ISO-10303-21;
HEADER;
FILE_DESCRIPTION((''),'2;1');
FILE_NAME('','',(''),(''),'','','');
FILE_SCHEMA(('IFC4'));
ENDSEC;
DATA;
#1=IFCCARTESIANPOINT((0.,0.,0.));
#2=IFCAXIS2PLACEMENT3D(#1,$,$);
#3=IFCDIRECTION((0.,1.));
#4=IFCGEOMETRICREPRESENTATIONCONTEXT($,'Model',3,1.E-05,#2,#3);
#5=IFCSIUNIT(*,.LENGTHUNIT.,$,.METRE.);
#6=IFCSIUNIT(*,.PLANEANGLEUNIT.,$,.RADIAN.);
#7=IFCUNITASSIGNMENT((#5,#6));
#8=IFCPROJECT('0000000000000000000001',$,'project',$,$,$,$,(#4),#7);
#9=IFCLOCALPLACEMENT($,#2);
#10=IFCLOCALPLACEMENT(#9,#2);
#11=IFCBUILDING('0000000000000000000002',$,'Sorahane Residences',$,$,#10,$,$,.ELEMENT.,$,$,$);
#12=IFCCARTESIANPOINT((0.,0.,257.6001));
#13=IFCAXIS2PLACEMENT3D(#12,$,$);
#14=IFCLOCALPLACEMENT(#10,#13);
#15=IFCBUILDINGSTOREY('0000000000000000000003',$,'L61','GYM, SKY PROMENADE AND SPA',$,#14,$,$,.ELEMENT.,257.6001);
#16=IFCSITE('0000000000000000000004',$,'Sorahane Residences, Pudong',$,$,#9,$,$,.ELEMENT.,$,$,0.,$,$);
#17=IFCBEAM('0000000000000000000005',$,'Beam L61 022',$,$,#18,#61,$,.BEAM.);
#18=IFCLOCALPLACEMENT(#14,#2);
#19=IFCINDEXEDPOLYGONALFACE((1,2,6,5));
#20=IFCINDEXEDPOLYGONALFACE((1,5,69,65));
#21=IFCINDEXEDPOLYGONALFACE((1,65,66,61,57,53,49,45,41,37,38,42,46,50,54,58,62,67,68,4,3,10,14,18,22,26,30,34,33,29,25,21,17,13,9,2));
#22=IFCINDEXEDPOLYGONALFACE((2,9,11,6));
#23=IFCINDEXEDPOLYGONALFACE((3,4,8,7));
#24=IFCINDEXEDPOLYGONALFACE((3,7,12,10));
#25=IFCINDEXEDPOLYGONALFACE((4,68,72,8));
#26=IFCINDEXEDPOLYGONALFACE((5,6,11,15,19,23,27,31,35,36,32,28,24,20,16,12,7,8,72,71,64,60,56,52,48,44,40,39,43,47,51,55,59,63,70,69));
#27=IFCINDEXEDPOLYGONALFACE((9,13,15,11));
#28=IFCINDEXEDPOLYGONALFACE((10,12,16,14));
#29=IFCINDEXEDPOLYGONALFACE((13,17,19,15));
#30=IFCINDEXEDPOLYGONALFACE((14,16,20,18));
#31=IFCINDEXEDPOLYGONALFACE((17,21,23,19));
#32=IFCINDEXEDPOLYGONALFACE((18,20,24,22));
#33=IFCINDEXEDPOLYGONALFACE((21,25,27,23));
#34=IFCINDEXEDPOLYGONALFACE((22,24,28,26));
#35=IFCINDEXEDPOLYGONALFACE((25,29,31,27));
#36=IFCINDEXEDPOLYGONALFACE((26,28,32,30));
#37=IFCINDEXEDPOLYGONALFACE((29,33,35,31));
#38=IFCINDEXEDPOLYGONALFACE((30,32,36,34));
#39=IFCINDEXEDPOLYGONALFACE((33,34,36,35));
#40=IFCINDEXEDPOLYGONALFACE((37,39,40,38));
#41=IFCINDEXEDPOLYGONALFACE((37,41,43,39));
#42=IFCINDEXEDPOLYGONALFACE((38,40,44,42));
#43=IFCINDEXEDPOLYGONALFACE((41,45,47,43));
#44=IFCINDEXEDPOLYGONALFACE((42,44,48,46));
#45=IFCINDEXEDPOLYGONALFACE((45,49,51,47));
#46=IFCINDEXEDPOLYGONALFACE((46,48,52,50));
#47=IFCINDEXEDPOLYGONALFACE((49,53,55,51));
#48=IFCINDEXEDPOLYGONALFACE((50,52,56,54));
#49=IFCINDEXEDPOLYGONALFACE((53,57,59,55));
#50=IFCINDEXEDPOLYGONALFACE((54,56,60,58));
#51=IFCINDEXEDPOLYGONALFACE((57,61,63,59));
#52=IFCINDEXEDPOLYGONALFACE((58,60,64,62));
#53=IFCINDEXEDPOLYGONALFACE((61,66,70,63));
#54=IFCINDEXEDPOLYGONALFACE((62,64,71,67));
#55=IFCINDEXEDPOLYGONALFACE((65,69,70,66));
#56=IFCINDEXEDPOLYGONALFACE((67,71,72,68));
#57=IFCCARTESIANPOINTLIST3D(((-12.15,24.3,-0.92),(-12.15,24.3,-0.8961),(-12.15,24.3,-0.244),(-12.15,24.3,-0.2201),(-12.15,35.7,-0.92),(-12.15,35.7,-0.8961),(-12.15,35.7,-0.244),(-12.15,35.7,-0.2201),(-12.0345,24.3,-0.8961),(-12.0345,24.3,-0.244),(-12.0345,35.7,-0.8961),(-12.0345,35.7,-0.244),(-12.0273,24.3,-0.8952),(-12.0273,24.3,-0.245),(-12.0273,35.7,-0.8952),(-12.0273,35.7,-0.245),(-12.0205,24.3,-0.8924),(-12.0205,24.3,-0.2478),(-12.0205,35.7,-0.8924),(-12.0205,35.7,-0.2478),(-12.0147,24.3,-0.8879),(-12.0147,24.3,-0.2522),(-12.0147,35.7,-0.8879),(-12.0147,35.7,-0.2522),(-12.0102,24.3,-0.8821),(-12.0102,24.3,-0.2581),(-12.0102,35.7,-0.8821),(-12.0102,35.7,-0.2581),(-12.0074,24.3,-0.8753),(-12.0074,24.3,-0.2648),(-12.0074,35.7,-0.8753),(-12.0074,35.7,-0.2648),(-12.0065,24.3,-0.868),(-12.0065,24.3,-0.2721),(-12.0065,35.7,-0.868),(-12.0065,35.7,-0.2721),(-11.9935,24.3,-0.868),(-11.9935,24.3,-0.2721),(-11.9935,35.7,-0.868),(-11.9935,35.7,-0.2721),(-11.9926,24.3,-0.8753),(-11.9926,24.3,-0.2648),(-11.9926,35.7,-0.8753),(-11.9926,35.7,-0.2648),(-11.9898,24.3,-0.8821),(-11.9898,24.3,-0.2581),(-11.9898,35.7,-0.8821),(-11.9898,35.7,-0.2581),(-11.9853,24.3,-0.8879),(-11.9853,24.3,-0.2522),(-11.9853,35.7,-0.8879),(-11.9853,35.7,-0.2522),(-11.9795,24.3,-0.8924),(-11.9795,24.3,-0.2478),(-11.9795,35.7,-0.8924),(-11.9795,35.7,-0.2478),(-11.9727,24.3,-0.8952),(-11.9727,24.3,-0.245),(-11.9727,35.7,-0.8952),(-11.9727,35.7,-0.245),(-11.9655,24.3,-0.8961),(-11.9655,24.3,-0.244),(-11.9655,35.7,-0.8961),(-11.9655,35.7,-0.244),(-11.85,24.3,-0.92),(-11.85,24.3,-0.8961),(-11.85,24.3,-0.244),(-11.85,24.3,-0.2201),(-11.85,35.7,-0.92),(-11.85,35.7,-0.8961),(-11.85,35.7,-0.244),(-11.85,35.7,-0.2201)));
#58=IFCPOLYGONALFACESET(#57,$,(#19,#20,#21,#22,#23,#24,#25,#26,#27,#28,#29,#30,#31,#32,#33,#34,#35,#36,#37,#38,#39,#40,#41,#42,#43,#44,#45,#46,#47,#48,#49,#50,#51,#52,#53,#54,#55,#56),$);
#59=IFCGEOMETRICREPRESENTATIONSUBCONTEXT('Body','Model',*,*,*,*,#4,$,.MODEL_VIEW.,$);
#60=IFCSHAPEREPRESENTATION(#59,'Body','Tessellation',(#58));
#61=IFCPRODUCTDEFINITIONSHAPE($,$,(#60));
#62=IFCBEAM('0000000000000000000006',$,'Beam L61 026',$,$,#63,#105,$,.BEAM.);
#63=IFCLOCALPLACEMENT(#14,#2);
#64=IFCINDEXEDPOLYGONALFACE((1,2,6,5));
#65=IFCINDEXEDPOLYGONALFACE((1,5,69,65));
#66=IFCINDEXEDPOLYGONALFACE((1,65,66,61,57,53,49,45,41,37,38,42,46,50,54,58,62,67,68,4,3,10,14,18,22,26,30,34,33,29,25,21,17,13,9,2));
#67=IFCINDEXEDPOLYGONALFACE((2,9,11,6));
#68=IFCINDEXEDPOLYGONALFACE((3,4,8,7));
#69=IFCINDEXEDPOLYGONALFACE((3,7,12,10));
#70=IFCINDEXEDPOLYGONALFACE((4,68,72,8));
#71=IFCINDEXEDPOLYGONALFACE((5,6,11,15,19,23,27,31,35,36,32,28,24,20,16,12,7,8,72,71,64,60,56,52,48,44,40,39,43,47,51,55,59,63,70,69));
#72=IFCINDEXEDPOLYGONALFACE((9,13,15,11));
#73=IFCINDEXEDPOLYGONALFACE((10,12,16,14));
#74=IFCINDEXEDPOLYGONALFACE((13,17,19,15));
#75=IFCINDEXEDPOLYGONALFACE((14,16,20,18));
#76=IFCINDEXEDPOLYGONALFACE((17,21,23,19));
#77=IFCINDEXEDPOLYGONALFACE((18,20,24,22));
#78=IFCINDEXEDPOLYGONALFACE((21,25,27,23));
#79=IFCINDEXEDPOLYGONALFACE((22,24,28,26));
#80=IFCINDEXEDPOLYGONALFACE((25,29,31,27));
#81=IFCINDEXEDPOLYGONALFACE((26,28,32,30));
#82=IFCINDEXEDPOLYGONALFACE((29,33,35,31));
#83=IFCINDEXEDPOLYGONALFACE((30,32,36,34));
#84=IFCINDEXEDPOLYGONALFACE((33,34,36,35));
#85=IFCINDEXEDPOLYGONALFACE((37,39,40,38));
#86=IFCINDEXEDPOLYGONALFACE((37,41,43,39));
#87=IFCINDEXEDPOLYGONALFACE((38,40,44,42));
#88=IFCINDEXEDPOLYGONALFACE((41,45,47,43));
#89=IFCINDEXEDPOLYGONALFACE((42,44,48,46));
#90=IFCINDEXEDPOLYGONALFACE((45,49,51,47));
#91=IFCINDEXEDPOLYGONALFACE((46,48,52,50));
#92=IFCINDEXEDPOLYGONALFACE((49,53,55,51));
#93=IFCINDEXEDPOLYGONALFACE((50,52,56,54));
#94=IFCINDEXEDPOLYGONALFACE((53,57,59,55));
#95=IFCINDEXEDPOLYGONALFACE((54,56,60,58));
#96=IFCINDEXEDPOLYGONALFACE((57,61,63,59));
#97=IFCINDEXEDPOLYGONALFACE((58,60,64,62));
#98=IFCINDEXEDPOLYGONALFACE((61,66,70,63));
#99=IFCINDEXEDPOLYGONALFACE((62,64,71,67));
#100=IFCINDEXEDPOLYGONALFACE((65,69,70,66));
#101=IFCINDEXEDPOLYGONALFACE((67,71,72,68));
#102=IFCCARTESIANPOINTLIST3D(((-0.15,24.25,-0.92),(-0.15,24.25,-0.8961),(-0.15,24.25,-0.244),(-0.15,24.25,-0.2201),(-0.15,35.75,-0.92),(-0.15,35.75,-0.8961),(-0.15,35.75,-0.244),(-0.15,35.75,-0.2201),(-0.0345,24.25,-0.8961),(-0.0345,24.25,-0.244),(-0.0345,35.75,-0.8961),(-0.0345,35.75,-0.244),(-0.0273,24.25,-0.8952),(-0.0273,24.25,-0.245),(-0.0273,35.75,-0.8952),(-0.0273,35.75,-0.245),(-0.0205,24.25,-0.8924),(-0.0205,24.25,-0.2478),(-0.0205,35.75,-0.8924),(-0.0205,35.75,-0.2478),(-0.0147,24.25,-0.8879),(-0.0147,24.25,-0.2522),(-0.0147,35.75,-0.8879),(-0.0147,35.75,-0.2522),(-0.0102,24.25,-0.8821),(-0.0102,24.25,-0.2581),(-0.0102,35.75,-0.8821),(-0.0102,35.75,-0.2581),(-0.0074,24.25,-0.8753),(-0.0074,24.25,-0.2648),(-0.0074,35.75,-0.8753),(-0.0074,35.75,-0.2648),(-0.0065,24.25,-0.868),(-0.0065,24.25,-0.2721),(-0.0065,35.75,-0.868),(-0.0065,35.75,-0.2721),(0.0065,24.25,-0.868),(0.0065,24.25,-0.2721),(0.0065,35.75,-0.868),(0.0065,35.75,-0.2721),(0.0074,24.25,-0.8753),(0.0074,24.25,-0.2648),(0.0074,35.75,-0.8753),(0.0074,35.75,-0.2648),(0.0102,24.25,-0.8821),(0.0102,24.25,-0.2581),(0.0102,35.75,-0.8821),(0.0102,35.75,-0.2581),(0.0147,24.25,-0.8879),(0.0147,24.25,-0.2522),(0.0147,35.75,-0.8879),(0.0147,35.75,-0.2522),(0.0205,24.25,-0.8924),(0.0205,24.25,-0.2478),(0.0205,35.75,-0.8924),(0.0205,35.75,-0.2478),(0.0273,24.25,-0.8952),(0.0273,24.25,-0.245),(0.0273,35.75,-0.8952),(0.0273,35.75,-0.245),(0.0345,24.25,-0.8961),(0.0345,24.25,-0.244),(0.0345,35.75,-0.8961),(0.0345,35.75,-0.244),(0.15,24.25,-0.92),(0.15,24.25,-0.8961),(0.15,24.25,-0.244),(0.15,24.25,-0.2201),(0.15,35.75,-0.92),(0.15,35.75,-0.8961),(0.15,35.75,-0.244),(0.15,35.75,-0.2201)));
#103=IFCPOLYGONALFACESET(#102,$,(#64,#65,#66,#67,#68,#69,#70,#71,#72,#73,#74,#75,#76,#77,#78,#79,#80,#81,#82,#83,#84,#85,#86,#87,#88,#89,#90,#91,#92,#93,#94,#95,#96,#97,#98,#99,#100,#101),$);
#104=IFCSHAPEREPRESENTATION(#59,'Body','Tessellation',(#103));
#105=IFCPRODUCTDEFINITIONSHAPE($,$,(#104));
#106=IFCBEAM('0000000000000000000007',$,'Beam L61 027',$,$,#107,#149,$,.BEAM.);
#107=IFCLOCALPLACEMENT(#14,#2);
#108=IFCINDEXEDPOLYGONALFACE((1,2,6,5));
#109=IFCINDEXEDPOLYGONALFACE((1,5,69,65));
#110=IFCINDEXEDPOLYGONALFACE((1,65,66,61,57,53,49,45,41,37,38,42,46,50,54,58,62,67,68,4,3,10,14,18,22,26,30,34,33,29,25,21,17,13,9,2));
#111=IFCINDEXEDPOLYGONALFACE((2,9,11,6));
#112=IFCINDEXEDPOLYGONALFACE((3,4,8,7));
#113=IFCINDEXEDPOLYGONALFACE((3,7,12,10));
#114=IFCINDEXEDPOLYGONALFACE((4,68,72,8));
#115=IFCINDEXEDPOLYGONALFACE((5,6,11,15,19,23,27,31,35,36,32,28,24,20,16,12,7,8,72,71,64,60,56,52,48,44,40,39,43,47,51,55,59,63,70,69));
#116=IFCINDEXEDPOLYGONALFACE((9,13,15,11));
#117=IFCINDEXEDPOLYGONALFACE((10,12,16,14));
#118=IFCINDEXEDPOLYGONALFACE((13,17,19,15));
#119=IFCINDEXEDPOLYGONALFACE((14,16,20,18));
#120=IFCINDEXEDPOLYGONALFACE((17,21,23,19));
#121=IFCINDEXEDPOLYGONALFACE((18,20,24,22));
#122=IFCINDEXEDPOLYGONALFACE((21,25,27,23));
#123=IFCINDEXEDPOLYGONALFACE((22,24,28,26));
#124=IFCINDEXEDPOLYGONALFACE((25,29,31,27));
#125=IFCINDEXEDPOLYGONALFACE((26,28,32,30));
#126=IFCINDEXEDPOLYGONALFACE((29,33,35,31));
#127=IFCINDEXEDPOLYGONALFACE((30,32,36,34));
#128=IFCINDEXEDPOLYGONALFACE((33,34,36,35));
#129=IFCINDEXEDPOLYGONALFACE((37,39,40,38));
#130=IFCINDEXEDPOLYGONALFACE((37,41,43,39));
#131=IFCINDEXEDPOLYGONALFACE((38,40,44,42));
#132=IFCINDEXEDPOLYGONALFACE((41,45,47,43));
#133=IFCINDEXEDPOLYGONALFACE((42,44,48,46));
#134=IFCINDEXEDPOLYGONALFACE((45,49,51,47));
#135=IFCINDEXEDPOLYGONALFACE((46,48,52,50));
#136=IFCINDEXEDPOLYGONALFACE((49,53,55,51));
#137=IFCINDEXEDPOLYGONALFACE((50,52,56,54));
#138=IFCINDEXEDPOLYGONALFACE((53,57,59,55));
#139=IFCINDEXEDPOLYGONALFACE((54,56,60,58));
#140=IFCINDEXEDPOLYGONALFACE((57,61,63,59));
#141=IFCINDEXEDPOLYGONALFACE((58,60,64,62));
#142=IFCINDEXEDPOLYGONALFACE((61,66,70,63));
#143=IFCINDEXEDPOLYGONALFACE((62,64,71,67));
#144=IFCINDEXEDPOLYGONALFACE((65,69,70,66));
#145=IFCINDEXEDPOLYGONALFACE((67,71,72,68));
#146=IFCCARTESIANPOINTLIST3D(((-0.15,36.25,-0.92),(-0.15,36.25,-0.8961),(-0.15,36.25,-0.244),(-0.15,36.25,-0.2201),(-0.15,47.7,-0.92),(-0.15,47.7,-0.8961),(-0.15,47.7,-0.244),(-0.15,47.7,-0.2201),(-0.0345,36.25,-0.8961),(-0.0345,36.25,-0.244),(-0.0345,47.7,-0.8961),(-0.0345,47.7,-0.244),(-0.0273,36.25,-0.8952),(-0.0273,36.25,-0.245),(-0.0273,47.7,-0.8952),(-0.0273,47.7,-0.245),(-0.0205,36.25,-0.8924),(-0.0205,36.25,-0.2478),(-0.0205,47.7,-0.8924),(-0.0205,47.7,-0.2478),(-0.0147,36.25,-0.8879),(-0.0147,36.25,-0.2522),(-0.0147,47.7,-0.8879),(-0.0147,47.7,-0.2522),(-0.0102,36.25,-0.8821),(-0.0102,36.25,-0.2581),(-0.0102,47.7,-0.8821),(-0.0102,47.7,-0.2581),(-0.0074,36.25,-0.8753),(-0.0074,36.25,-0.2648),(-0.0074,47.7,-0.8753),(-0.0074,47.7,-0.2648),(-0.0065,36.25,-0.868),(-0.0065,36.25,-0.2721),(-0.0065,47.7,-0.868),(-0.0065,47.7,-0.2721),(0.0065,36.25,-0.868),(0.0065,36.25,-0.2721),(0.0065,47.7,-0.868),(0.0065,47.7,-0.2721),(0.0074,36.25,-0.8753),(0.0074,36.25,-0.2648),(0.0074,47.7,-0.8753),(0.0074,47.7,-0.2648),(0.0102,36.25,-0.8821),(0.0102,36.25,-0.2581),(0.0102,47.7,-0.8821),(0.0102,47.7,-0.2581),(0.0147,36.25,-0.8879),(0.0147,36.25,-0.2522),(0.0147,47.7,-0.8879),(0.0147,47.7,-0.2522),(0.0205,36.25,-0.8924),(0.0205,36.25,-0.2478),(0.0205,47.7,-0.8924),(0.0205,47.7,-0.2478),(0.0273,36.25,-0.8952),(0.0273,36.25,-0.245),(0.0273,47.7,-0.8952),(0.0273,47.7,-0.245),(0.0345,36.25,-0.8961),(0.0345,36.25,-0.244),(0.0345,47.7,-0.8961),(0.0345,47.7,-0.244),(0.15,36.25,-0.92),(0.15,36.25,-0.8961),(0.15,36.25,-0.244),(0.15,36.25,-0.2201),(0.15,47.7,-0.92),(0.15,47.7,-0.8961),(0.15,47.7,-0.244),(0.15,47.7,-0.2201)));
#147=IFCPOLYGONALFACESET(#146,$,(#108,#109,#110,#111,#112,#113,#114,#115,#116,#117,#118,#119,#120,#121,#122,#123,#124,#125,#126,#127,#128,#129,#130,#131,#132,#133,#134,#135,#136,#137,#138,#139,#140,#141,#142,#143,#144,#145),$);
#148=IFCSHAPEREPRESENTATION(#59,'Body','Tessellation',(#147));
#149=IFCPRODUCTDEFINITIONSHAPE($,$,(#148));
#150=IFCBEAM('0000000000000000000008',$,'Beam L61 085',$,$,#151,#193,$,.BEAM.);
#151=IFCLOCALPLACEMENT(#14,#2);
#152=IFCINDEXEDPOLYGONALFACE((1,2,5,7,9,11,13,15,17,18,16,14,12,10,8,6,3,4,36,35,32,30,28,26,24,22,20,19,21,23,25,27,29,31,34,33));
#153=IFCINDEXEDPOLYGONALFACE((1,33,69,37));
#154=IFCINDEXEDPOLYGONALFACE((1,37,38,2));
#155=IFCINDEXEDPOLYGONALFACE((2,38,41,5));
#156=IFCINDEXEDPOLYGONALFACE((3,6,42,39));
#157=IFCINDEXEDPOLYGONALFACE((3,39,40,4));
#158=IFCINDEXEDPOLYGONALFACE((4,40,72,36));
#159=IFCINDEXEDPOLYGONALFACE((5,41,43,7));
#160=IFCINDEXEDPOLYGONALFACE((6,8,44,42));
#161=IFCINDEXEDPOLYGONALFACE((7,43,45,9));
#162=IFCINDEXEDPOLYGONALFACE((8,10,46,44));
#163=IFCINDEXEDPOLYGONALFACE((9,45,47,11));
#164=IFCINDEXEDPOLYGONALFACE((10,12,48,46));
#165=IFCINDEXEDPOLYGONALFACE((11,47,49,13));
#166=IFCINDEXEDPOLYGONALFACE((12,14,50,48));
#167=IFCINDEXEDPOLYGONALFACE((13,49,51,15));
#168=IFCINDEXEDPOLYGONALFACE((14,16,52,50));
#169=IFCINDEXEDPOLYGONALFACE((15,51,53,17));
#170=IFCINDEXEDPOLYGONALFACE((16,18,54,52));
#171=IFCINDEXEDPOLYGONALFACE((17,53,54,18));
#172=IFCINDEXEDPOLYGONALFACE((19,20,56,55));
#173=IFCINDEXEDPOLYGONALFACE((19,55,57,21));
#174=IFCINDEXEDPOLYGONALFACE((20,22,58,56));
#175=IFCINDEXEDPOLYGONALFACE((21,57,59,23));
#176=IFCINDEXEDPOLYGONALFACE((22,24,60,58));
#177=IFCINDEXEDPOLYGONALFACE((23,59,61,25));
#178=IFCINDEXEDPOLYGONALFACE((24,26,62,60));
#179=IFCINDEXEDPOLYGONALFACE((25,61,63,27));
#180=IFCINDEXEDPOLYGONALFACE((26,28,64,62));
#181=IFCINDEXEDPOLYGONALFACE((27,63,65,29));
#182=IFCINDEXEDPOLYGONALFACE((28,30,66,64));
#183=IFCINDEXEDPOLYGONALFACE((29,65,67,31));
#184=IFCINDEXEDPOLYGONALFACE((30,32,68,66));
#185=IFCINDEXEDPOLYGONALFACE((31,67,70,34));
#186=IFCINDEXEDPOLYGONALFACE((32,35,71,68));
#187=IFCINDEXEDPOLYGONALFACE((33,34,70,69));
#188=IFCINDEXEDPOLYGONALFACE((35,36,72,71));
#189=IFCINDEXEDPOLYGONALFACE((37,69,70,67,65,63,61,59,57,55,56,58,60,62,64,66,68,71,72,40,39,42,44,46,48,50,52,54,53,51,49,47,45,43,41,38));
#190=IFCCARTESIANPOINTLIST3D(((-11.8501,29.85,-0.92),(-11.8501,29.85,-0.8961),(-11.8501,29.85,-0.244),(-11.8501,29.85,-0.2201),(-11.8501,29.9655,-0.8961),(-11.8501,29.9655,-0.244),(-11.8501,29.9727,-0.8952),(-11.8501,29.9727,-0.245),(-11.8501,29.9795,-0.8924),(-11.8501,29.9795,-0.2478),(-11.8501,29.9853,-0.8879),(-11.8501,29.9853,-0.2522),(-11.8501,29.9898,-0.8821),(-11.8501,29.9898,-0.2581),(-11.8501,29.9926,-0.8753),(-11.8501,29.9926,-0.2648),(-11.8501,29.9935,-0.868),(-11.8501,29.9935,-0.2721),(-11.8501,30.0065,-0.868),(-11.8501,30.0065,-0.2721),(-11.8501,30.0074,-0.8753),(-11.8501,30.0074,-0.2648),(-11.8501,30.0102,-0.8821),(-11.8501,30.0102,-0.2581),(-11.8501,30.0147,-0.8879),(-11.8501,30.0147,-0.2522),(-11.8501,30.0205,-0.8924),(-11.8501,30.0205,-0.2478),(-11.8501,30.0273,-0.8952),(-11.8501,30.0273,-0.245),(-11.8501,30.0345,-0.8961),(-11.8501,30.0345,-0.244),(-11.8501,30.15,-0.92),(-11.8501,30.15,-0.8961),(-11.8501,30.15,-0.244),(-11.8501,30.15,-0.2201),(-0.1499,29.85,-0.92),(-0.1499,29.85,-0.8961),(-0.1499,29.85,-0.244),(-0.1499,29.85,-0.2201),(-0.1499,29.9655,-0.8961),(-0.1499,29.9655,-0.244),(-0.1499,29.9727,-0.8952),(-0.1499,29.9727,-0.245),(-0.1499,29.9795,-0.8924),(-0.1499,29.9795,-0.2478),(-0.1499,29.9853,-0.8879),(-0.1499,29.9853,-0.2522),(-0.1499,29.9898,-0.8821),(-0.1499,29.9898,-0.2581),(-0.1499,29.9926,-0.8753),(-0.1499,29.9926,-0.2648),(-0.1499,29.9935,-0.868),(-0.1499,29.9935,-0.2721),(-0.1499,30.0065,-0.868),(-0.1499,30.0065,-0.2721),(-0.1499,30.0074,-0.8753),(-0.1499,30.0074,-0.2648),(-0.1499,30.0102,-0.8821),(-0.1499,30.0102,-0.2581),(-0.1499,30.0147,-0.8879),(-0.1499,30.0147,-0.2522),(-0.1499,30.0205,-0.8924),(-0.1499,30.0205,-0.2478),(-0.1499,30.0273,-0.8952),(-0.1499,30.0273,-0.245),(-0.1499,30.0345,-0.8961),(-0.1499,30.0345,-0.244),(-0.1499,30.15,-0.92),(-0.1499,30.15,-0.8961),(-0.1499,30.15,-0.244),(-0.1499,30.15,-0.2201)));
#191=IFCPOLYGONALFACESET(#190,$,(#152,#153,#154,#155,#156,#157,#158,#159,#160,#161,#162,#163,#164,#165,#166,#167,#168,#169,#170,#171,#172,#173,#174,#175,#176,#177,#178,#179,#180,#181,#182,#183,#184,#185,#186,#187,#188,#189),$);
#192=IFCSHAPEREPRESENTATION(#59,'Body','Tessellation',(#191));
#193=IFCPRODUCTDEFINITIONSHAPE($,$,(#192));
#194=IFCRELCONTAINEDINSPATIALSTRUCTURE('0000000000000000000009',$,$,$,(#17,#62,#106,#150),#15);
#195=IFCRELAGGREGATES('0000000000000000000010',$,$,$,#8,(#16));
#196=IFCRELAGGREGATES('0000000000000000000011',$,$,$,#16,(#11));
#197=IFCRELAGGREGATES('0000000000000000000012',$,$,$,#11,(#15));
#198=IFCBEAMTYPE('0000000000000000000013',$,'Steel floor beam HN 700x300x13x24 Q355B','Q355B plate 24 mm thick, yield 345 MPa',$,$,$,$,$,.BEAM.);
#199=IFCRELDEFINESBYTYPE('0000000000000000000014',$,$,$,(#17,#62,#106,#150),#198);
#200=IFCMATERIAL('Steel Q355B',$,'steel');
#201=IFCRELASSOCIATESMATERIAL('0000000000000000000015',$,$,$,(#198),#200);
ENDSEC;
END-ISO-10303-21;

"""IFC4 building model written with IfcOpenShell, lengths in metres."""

from ifc_helpers import new_model, si_unit, direction, frame, origin, origin_2d, place, context, subcontext, project, spatial, i_section, extrude, material, material_profile, profile_set, type_object, element, save


model = new_model("IFC4")

# Units and contexts
model_context = context("Model", 3, precision=1e-05, world=origin(), true_north=direction((0.0, 1.0)))
body_context = subcontext(model_context, "Body", "Model", "MODEL_VIEW")
ifc_project = project(units=[si_unit("LENGTHUNIT", "METRE"), si_unit("PLANEANGLEUNIT", "RADIAN")], contexts=[model_context])

# Site, building, storey
site_placement = place(None, origin())
site = spatial("IfcSite", under=ifc_project, at=site_placement, Name="Sorahane Residences, Pudong", CompositionType="ELEMENT", RefElevation=0.0)
building_placement = place(site_placement, origin())
building = spatial("IfcBuilding", under=site, at=building_placement, Name="Sorahane Residences", CompositionType="ELEMENT")
storey_placement = place(building_placement, frame((0.0, 0.0, 257.6001)))
storey = spatial("IfcBuildingStorey", under=building, at=storey_placement, Name="L61", Description="GYM, SKY PROMENADE AND SPA", CompositionType="ELEMENT", Elevation=257.6001)

# Beams
ifc_material_1 = material(Name="Steel Q355B", Category="steel")
ifc_material_profile_1 = material_profile(ifc_material_1, i_section(OverallWidth=0.3, OverallDepth=0.7, WebThickness=0.0129, FlangeThickness=0.0239, FilletRadius=0.0281, at=origin_2d()), Name="HN 700x300x13x24")
ifc_profile_set_1 = profile_set([ifc_material_profile_1], Name="Steel Q355B")
beam_type_1 = type_object("IfcBeamType", Name="Steel floor beam HN 700x300x13x24 Q355B", Description="Q355B plate 24 mm thick, yield 345 MPa", PredefinedType="BEAM", material=ifc_profile_set_1)
beam_1_placement = place(storey_placement, frame((-12.0, 24.3, -0.5701), z_axis=(0.0, 1.0, 0.0), x_axis=(-1.0, 0.0, 0.0)))
element("IfcBeam", 1, at=beam_1_placement, inside=storey, type_object=beam_type_1, Name="Beam L61 022", PredefinedType="BEAM", context=body_context, shape_type="SweptSolid", body=[
    extrude(i_section(OverallWidth=0.3, OverallDepth=0.7, WebThickness=0.0129, FlangeThickness=0.0239, FilletRadius=0.0281, at=origin_2d()), origin(), (0.0, 0.0, 1.0), 11.3999),
])
beam_2_placement = place(storey_placement, frame((0.0, 24.25, -0.5701), z_axis=(0.0, 1.0, 0.0), x_axis=(-1.0, 0.0, 0.0)))
element("IfcBeam", 2, at=beam_2_placement, inside=storey, type_object=beam_type_1, Name="Beam L61 026", PredefinedType="BEAM", context=body_context, shape_type="SweptSolid", body=[
    extrude(i_section(OverallWidth=0.3, OverallDepth=0.7, WebThickness=0.0129, FlangeThickness=0.0239, FilletRadius=0.0281, at=origin_2d()), origin(), (0.0, 0.0, 1.0), 11.5),
])
beam_3_placement = place(storey_placement, frame((0.0, 36.25, -0.5701), z_axis=(0.0, 1.0, 0.0), x_axis=(-1.0, 0.0, 0.0)))
element("IfcBeam", 3, at=beam_3_placement, inside=storey, type_object=beam_type_1, Name="Beam L61 027", PredefinedType="BEAM", context=body_context, shape_type="SweptSolid", body=[
    extrude(i_section(OverallWidth=0.3, OverallDepth=0.7, WebThickness=0.0129, FlangeThickness=0.0239, FilletRadius=0.0281, at=origin_2d()), origin(), (0.0, 0.0, 1.0), 11.45),
])
beam_4_placement = place(storey_placement, frame((-11.8501, 30.0, -0.5701), z_axis=(1.0, 0.0, 0.0), x_axis=(0.0, 1.0, 0.0)))
element("IfcBeam", 4, at=beam_4_placement, inside=storey, type_object=beam_type_1, Name="Beam L61 085", PredefinedType="BEAM", context=body_context, shape_type="SweptSolid", body=[
    extrude(i_section(OverallWidth=0.3, OverallDepth=0.7, WebThickness=0.0129, FlangeThickness=0.0239, FilletRadius=0.0281, at=origin_2d()), origin(), (0.0, 0.0, 1.0), 11.7002),
])

save(model, "model.ifc")
